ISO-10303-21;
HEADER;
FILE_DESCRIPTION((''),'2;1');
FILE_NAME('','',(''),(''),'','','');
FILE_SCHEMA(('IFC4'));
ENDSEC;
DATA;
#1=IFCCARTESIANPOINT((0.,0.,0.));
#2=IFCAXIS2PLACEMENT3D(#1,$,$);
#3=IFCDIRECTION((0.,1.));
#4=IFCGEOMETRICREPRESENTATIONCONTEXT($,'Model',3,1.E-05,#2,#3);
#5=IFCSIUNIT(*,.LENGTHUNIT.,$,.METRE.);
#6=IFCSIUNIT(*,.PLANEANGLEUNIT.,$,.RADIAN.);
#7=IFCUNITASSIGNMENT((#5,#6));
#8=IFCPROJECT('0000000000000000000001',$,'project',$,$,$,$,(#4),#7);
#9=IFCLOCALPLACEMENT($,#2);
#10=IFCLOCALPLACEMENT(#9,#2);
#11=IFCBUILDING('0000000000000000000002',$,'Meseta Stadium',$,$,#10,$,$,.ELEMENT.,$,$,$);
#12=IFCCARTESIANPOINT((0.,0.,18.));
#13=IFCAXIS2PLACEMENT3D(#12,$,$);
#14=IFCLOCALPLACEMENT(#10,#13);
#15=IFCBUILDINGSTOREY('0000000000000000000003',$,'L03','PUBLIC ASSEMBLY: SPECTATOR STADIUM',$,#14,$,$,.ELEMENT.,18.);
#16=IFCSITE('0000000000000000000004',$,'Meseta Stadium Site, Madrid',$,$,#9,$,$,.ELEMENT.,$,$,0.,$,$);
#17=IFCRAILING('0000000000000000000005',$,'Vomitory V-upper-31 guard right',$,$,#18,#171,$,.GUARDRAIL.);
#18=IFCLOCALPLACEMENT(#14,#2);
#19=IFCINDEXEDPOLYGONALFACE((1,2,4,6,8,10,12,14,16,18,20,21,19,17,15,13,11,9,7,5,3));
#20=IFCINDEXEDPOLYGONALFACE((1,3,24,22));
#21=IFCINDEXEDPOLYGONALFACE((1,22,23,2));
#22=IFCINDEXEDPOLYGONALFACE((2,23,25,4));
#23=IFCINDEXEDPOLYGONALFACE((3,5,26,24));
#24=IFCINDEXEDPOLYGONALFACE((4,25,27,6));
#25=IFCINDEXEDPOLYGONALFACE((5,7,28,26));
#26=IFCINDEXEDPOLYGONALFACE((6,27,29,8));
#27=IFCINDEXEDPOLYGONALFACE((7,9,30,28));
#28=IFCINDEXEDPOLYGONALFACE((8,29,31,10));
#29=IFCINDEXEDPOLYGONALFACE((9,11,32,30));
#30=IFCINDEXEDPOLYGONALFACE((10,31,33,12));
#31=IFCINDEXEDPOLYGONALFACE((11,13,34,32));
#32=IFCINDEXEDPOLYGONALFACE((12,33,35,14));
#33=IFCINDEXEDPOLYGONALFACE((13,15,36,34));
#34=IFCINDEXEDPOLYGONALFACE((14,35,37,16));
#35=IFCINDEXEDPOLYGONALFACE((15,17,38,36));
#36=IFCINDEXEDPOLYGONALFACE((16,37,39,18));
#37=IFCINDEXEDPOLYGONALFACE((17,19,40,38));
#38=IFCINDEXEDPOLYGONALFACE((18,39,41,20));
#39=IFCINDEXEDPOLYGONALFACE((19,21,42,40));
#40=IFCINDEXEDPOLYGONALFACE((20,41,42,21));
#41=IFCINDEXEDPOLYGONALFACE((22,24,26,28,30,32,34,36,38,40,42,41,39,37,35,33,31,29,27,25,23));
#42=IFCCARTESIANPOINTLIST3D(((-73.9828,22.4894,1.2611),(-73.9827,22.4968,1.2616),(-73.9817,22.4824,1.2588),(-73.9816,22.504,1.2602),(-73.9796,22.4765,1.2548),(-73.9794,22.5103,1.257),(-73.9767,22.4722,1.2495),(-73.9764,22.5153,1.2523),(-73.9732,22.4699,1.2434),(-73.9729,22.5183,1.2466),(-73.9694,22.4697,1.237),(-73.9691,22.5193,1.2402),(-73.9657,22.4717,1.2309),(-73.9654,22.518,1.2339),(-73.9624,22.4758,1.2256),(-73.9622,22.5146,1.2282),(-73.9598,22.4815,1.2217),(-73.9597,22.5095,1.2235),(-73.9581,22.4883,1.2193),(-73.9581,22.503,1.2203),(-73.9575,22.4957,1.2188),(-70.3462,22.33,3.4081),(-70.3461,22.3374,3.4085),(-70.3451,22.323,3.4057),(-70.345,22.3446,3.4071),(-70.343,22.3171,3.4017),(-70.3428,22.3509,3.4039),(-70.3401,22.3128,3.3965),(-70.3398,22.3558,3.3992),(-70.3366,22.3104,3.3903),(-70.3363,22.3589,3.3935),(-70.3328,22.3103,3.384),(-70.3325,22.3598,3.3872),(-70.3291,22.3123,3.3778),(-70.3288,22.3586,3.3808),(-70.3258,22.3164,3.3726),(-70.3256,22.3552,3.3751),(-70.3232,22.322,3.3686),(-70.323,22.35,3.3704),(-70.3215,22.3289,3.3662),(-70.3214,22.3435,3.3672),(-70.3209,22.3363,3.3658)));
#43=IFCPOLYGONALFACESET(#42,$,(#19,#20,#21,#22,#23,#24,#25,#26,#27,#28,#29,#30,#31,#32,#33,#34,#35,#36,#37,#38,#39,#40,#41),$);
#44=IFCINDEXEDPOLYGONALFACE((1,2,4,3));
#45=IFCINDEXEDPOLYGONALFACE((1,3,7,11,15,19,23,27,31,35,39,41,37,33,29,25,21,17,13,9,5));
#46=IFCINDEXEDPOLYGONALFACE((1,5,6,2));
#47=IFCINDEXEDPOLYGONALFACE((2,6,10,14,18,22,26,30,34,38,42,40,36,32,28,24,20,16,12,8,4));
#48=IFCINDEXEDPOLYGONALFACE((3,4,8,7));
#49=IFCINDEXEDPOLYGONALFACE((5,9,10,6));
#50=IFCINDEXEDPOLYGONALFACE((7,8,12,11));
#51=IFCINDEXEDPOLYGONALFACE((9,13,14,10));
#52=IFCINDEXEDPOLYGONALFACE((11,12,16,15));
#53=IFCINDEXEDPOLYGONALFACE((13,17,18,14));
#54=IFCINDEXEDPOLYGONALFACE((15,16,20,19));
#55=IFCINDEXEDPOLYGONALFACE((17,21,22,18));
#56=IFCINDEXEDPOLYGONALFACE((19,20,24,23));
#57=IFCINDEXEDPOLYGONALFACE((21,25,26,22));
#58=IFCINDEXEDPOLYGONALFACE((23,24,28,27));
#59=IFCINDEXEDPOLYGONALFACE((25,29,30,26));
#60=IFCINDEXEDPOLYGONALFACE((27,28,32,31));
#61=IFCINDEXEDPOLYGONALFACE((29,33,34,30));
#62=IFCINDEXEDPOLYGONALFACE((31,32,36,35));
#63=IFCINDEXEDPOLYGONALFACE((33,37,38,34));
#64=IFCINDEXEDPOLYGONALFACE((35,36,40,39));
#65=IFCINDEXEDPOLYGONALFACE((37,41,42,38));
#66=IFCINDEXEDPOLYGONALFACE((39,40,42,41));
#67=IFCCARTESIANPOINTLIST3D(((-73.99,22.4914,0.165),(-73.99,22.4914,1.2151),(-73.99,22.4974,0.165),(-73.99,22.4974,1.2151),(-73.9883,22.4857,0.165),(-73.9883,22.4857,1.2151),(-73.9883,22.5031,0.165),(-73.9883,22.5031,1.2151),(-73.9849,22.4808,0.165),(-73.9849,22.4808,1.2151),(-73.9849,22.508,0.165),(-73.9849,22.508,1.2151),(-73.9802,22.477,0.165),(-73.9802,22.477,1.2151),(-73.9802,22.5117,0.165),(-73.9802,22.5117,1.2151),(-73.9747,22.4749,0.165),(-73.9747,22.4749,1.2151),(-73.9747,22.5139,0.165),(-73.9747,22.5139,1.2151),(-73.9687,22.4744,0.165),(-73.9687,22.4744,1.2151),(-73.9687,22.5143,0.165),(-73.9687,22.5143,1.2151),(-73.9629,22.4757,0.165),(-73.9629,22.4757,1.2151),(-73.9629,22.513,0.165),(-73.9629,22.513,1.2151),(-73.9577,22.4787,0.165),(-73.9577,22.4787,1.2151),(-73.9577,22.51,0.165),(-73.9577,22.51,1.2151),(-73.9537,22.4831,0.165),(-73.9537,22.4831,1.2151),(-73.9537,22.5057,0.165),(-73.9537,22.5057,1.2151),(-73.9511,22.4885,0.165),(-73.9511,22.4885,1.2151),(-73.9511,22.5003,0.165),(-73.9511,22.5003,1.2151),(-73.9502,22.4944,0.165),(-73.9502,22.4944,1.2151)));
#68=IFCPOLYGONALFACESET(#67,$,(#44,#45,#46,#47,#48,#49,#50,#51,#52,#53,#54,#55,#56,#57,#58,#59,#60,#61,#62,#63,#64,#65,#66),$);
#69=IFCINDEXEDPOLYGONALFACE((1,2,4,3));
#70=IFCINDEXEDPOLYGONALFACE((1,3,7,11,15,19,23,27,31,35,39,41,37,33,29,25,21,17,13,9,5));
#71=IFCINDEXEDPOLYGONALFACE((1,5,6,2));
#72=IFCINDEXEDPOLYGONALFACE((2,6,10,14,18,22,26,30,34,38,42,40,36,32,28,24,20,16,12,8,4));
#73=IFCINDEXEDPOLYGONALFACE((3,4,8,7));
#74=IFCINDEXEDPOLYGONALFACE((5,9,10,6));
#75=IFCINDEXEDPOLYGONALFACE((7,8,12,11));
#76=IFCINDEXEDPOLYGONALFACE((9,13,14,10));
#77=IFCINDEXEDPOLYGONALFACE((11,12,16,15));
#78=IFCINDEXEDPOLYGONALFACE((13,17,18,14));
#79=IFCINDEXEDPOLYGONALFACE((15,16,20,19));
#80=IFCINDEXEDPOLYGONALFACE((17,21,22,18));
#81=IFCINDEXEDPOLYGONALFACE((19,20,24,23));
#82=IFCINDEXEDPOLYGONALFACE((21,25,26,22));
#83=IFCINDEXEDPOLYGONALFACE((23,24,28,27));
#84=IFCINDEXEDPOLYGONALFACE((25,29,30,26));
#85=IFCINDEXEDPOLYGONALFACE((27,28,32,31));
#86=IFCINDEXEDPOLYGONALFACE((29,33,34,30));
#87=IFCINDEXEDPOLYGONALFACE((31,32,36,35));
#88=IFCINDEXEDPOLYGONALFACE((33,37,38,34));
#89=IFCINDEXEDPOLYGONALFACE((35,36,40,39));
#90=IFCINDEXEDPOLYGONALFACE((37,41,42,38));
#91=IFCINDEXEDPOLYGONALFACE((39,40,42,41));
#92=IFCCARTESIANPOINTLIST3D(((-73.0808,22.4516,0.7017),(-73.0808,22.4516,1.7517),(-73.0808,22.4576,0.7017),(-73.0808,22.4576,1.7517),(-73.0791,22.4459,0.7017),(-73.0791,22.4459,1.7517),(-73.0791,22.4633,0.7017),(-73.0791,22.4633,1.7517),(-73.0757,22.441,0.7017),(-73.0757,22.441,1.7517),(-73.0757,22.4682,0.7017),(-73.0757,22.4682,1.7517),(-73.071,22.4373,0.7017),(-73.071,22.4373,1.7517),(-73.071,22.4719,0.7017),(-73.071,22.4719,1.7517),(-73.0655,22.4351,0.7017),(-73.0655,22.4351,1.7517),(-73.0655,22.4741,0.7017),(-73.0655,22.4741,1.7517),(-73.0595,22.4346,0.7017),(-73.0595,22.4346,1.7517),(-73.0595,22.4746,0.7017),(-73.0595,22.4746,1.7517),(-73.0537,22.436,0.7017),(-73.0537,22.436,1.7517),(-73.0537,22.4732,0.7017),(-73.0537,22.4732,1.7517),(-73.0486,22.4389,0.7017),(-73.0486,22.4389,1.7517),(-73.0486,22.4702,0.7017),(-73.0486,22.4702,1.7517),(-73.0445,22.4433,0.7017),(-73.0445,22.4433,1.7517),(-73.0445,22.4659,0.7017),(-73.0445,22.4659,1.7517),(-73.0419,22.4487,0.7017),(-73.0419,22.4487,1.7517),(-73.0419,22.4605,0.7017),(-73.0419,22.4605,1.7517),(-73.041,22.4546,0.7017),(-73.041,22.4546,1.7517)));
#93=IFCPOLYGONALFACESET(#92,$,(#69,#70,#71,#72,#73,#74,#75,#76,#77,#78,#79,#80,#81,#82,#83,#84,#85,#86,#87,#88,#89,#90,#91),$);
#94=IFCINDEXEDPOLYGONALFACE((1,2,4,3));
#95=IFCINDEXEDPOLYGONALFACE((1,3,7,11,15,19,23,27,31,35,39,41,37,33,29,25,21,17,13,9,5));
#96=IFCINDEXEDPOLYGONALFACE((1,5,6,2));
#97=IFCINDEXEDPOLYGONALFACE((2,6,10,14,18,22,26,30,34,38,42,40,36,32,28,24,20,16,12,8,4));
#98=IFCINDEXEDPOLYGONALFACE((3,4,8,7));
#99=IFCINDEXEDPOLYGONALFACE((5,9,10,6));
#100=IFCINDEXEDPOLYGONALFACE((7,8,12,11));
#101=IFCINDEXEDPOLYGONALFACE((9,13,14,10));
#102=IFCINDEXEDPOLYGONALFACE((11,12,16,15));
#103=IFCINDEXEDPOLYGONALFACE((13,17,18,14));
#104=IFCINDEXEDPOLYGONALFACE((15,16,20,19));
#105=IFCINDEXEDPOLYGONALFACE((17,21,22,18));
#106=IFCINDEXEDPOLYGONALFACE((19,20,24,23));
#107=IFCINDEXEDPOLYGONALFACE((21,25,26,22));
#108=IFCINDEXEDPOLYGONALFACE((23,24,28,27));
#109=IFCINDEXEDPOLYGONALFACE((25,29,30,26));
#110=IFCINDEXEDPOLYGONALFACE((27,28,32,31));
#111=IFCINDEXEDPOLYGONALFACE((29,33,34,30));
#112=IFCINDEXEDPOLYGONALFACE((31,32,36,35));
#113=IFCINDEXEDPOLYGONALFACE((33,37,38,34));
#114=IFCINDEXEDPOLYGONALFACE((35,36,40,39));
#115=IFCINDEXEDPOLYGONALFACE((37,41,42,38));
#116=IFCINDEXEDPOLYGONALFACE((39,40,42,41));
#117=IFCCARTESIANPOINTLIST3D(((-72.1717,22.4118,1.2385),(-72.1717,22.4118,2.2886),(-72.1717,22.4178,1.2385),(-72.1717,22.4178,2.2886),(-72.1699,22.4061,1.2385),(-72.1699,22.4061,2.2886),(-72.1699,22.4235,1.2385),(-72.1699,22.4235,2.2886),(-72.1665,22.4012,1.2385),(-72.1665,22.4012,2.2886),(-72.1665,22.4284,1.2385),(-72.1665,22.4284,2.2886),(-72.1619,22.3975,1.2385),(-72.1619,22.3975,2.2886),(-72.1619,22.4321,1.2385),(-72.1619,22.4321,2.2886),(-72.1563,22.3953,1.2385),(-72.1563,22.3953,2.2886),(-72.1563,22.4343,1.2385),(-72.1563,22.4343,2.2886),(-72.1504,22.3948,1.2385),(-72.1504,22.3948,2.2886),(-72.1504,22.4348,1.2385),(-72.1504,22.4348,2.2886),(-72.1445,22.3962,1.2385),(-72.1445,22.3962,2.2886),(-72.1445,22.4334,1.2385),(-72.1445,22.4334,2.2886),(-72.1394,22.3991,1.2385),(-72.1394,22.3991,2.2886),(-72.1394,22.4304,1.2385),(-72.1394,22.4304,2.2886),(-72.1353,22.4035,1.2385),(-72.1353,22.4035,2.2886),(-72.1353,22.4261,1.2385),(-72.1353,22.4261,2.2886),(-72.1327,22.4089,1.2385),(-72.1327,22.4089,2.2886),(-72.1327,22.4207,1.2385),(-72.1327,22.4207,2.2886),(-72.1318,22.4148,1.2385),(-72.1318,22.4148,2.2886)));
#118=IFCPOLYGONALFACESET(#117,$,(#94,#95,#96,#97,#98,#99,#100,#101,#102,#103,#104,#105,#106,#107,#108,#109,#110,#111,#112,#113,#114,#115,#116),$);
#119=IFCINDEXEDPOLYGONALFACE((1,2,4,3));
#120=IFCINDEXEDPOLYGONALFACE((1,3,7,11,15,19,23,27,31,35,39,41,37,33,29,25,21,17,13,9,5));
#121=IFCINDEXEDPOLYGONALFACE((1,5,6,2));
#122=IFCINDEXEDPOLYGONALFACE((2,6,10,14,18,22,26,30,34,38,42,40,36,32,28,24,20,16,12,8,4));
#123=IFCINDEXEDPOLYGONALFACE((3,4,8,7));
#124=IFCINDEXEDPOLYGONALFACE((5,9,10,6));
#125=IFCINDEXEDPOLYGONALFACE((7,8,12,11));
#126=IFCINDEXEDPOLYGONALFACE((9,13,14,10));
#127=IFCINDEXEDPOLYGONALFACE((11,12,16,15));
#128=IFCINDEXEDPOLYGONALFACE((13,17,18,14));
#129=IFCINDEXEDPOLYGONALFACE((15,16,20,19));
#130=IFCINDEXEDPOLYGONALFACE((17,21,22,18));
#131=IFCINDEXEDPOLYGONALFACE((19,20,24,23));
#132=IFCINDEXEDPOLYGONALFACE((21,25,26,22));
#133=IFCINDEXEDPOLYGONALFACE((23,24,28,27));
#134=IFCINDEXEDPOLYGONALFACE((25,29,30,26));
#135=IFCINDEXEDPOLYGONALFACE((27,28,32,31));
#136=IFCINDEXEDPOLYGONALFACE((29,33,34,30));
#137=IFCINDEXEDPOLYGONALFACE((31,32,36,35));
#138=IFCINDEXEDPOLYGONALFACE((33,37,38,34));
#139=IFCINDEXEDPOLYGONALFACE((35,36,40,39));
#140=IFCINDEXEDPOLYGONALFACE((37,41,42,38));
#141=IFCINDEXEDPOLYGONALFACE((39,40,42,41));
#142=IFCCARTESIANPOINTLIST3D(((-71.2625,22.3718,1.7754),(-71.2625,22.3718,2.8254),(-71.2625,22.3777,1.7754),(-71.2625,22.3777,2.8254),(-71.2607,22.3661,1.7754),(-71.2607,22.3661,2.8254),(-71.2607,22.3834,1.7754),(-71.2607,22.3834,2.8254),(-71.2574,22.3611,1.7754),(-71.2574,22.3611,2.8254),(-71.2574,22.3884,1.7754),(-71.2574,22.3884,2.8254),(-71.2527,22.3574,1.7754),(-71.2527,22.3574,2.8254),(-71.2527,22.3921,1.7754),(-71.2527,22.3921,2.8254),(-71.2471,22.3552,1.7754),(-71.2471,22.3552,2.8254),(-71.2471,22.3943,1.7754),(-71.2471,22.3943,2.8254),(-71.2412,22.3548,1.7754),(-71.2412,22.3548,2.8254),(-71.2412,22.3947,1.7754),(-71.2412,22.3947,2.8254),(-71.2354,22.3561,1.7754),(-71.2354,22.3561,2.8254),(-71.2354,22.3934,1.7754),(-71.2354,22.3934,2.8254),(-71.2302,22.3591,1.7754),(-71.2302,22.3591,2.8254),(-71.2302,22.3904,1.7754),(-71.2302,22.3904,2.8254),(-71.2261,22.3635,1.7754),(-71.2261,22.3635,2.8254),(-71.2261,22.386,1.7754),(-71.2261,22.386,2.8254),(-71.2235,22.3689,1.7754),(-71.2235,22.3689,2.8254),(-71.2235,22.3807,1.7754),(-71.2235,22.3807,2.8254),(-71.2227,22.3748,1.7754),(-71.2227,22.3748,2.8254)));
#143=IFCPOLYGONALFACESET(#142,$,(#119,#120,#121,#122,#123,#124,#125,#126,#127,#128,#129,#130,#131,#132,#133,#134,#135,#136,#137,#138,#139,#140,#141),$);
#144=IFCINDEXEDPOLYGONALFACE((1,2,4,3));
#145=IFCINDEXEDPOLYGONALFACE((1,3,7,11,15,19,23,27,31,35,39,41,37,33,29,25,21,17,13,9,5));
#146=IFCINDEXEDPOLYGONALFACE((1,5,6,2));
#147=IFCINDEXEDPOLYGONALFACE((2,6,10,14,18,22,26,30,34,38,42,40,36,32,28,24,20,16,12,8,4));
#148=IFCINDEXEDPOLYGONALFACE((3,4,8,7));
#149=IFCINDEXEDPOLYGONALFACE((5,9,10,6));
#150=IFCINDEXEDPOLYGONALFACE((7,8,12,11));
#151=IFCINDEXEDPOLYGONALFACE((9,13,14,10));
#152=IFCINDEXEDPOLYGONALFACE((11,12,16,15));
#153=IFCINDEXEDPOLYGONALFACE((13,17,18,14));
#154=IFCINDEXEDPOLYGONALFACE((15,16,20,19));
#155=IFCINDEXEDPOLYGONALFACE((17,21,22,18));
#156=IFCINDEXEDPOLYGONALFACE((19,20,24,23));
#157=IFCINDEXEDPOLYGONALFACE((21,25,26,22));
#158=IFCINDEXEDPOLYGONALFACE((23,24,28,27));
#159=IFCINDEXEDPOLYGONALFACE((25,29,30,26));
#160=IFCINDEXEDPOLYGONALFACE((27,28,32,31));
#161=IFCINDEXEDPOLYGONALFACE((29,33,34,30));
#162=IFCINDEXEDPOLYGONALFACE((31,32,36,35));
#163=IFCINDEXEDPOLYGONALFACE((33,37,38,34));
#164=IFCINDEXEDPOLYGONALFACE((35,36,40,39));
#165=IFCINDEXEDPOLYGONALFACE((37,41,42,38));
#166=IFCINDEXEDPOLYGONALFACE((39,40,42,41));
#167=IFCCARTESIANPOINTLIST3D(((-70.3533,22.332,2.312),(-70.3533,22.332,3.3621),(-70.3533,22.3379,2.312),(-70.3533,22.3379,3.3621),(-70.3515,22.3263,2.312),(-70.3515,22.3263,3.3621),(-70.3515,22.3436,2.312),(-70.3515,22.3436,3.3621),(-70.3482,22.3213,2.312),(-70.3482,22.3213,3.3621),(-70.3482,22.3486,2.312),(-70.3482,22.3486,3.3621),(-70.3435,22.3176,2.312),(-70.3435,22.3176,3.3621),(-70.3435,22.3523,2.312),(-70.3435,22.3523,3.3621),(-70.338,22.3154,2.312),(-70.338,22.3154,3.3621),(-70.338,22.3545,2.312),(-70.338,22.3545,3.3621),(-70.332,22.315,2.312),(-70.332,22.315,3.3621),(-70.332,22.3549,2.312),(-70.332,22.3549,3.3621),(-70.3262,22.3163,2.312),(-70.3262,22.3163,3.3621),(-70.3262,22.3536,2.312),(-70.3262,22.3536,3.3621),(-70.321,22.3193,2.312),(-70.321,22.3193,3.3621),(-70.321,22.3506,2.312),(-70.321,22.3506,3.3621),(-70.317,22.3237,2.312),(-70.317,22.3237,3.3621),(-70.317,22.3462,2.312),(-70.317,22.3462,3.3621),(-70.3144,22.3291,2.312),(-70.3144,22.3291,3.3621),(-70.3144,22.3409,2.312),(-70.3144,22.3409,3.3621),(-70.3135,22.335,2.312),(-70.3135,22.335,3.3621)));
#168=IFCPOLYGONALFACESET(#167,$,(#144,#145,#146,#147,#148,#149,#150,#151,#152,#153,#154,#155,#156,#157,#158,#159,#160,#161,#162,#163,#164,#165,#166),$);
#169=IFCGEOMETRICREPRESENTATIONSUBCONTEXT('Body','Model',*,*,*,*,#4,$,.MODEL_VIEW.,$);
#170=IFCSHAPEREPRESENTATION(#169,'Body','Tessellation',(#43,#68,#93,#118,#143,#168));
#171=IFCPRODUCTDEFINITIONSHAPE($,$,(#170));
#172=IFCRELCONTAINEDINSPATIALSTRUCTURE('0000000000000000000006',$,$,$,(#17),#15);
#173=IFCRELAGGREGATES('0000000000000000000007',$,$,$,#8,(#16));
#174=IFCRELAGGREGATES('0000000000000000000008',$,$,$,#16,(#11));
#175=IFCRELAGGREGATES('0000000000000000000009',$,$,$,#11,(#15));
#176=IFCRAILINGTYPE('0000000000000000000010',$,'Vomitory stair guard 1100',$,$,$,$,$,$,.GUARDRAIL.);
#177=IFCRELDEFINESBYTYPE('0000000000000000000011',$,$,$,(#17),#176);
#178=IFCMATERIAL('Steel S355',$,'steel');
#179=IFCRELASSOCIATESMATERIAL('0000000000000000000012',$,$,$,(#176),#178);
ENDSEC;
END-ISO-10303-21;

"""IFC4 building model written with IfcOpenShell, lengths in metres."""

from ifc_helpers import new_model, si_unit, direction, frame, origin, origin_2d, place, context, subcontext, project, spatial, circle, extrude, material, type_object, element, save


model = new_model("IFC4")

# Units and contexts
model_context = context("Model", 3, precision=1e-05, world=origin(), true_north=direction((0.0, 1.0)))
body_context = subcontext(model_context, "Body", "Model", "MODEL_VIEW")
ifc_project = project(units=[si_unit("LENGTHUNIT", "METRE"), si_unit("PLANEANGLEUNIT", "RADIAN")], contexts=[model_context])

# Site, building, storey
site_placement = place(None, origin())
site = spatial("IfcSite", under=ifc_project, at=site_placement, Name="Meseta Stadium Site, Madrid", CompositionType="ELEMENT", RefElevation=0.0)
building_placement = place(site_placement, origin())
building = spatial("IfcBuilding", under=site, at=building_placement, Name="Meseta Stadium", CompositionType="ELEMENT")
storey_placement = place(building_placement, frame((0.0, 0.0, 18.0)))
storey = spatial("IfcBuildingStorey", under=building, at=storey_placement, Name="L03", Description="PUBLIC ASSEMBLY: SPECTATOR STADIUM", CompositionType="ELEMENT", Elevation=18.0)

# Railing
ifc_material_1 = material(Name="Steel S355", Category="steel")
railing_type_1 = type_object("IfcRailingType", Name="Vomitory stair guard 1100", PredefinedType="GUARDRAIL", material=ifc_material_1)
railing_1_placement = place(storey_placement, frame((-73.9702, 22.4944, 0.165)))
element("IfcRailing", 1, at=railing_1_placement, inside=storey, type_object=railing_type_1, Name="Vomitory V-upper-31 guard right", PredefinedType="GUARDRAIL", context=body_context, shape_type="SweptSolid", body=[
    extrude(circle(Radius=0.0249, at=origin_2d()), frame((0.0, 0.0, 1.0752), z_axis=(0.860521, -0.037723, 0.508017), x_axis=(0.043795, 0.999041, 0.0)), (0.0, 0.0, 1.0), 4.2261),
    extrude(circle(Radius=0.02, at=origin_2d()), origin(), (0.0, 0.0, 1.0), 1.05),
    extrude(circle(Radius=0.02, at=origin_2d()), frame((0.9092, -0.0398, 0.5366)), (0.0, 0.0, 1.0), 1.05),
    extrude(circle(Radius=0.02, at=origin_2d()), frame((1.8184, -0.0796, 1.0735)), (0.0, 0.0, 1.0), 1.05),
    extrude(circle(Radius=0.02, at=origin_2d()), frame((2.7275, -0.1196, 1.6104)), (0.0, 0.0, 1.0), 1.05),
    extrude(circle(Radius=0.02, at=origin_2d()), frame((3.6367, -0.1594, 2.147)), (0.0, 0.0, 1.0), 1.05),
])

save(model, "model.ifc")
